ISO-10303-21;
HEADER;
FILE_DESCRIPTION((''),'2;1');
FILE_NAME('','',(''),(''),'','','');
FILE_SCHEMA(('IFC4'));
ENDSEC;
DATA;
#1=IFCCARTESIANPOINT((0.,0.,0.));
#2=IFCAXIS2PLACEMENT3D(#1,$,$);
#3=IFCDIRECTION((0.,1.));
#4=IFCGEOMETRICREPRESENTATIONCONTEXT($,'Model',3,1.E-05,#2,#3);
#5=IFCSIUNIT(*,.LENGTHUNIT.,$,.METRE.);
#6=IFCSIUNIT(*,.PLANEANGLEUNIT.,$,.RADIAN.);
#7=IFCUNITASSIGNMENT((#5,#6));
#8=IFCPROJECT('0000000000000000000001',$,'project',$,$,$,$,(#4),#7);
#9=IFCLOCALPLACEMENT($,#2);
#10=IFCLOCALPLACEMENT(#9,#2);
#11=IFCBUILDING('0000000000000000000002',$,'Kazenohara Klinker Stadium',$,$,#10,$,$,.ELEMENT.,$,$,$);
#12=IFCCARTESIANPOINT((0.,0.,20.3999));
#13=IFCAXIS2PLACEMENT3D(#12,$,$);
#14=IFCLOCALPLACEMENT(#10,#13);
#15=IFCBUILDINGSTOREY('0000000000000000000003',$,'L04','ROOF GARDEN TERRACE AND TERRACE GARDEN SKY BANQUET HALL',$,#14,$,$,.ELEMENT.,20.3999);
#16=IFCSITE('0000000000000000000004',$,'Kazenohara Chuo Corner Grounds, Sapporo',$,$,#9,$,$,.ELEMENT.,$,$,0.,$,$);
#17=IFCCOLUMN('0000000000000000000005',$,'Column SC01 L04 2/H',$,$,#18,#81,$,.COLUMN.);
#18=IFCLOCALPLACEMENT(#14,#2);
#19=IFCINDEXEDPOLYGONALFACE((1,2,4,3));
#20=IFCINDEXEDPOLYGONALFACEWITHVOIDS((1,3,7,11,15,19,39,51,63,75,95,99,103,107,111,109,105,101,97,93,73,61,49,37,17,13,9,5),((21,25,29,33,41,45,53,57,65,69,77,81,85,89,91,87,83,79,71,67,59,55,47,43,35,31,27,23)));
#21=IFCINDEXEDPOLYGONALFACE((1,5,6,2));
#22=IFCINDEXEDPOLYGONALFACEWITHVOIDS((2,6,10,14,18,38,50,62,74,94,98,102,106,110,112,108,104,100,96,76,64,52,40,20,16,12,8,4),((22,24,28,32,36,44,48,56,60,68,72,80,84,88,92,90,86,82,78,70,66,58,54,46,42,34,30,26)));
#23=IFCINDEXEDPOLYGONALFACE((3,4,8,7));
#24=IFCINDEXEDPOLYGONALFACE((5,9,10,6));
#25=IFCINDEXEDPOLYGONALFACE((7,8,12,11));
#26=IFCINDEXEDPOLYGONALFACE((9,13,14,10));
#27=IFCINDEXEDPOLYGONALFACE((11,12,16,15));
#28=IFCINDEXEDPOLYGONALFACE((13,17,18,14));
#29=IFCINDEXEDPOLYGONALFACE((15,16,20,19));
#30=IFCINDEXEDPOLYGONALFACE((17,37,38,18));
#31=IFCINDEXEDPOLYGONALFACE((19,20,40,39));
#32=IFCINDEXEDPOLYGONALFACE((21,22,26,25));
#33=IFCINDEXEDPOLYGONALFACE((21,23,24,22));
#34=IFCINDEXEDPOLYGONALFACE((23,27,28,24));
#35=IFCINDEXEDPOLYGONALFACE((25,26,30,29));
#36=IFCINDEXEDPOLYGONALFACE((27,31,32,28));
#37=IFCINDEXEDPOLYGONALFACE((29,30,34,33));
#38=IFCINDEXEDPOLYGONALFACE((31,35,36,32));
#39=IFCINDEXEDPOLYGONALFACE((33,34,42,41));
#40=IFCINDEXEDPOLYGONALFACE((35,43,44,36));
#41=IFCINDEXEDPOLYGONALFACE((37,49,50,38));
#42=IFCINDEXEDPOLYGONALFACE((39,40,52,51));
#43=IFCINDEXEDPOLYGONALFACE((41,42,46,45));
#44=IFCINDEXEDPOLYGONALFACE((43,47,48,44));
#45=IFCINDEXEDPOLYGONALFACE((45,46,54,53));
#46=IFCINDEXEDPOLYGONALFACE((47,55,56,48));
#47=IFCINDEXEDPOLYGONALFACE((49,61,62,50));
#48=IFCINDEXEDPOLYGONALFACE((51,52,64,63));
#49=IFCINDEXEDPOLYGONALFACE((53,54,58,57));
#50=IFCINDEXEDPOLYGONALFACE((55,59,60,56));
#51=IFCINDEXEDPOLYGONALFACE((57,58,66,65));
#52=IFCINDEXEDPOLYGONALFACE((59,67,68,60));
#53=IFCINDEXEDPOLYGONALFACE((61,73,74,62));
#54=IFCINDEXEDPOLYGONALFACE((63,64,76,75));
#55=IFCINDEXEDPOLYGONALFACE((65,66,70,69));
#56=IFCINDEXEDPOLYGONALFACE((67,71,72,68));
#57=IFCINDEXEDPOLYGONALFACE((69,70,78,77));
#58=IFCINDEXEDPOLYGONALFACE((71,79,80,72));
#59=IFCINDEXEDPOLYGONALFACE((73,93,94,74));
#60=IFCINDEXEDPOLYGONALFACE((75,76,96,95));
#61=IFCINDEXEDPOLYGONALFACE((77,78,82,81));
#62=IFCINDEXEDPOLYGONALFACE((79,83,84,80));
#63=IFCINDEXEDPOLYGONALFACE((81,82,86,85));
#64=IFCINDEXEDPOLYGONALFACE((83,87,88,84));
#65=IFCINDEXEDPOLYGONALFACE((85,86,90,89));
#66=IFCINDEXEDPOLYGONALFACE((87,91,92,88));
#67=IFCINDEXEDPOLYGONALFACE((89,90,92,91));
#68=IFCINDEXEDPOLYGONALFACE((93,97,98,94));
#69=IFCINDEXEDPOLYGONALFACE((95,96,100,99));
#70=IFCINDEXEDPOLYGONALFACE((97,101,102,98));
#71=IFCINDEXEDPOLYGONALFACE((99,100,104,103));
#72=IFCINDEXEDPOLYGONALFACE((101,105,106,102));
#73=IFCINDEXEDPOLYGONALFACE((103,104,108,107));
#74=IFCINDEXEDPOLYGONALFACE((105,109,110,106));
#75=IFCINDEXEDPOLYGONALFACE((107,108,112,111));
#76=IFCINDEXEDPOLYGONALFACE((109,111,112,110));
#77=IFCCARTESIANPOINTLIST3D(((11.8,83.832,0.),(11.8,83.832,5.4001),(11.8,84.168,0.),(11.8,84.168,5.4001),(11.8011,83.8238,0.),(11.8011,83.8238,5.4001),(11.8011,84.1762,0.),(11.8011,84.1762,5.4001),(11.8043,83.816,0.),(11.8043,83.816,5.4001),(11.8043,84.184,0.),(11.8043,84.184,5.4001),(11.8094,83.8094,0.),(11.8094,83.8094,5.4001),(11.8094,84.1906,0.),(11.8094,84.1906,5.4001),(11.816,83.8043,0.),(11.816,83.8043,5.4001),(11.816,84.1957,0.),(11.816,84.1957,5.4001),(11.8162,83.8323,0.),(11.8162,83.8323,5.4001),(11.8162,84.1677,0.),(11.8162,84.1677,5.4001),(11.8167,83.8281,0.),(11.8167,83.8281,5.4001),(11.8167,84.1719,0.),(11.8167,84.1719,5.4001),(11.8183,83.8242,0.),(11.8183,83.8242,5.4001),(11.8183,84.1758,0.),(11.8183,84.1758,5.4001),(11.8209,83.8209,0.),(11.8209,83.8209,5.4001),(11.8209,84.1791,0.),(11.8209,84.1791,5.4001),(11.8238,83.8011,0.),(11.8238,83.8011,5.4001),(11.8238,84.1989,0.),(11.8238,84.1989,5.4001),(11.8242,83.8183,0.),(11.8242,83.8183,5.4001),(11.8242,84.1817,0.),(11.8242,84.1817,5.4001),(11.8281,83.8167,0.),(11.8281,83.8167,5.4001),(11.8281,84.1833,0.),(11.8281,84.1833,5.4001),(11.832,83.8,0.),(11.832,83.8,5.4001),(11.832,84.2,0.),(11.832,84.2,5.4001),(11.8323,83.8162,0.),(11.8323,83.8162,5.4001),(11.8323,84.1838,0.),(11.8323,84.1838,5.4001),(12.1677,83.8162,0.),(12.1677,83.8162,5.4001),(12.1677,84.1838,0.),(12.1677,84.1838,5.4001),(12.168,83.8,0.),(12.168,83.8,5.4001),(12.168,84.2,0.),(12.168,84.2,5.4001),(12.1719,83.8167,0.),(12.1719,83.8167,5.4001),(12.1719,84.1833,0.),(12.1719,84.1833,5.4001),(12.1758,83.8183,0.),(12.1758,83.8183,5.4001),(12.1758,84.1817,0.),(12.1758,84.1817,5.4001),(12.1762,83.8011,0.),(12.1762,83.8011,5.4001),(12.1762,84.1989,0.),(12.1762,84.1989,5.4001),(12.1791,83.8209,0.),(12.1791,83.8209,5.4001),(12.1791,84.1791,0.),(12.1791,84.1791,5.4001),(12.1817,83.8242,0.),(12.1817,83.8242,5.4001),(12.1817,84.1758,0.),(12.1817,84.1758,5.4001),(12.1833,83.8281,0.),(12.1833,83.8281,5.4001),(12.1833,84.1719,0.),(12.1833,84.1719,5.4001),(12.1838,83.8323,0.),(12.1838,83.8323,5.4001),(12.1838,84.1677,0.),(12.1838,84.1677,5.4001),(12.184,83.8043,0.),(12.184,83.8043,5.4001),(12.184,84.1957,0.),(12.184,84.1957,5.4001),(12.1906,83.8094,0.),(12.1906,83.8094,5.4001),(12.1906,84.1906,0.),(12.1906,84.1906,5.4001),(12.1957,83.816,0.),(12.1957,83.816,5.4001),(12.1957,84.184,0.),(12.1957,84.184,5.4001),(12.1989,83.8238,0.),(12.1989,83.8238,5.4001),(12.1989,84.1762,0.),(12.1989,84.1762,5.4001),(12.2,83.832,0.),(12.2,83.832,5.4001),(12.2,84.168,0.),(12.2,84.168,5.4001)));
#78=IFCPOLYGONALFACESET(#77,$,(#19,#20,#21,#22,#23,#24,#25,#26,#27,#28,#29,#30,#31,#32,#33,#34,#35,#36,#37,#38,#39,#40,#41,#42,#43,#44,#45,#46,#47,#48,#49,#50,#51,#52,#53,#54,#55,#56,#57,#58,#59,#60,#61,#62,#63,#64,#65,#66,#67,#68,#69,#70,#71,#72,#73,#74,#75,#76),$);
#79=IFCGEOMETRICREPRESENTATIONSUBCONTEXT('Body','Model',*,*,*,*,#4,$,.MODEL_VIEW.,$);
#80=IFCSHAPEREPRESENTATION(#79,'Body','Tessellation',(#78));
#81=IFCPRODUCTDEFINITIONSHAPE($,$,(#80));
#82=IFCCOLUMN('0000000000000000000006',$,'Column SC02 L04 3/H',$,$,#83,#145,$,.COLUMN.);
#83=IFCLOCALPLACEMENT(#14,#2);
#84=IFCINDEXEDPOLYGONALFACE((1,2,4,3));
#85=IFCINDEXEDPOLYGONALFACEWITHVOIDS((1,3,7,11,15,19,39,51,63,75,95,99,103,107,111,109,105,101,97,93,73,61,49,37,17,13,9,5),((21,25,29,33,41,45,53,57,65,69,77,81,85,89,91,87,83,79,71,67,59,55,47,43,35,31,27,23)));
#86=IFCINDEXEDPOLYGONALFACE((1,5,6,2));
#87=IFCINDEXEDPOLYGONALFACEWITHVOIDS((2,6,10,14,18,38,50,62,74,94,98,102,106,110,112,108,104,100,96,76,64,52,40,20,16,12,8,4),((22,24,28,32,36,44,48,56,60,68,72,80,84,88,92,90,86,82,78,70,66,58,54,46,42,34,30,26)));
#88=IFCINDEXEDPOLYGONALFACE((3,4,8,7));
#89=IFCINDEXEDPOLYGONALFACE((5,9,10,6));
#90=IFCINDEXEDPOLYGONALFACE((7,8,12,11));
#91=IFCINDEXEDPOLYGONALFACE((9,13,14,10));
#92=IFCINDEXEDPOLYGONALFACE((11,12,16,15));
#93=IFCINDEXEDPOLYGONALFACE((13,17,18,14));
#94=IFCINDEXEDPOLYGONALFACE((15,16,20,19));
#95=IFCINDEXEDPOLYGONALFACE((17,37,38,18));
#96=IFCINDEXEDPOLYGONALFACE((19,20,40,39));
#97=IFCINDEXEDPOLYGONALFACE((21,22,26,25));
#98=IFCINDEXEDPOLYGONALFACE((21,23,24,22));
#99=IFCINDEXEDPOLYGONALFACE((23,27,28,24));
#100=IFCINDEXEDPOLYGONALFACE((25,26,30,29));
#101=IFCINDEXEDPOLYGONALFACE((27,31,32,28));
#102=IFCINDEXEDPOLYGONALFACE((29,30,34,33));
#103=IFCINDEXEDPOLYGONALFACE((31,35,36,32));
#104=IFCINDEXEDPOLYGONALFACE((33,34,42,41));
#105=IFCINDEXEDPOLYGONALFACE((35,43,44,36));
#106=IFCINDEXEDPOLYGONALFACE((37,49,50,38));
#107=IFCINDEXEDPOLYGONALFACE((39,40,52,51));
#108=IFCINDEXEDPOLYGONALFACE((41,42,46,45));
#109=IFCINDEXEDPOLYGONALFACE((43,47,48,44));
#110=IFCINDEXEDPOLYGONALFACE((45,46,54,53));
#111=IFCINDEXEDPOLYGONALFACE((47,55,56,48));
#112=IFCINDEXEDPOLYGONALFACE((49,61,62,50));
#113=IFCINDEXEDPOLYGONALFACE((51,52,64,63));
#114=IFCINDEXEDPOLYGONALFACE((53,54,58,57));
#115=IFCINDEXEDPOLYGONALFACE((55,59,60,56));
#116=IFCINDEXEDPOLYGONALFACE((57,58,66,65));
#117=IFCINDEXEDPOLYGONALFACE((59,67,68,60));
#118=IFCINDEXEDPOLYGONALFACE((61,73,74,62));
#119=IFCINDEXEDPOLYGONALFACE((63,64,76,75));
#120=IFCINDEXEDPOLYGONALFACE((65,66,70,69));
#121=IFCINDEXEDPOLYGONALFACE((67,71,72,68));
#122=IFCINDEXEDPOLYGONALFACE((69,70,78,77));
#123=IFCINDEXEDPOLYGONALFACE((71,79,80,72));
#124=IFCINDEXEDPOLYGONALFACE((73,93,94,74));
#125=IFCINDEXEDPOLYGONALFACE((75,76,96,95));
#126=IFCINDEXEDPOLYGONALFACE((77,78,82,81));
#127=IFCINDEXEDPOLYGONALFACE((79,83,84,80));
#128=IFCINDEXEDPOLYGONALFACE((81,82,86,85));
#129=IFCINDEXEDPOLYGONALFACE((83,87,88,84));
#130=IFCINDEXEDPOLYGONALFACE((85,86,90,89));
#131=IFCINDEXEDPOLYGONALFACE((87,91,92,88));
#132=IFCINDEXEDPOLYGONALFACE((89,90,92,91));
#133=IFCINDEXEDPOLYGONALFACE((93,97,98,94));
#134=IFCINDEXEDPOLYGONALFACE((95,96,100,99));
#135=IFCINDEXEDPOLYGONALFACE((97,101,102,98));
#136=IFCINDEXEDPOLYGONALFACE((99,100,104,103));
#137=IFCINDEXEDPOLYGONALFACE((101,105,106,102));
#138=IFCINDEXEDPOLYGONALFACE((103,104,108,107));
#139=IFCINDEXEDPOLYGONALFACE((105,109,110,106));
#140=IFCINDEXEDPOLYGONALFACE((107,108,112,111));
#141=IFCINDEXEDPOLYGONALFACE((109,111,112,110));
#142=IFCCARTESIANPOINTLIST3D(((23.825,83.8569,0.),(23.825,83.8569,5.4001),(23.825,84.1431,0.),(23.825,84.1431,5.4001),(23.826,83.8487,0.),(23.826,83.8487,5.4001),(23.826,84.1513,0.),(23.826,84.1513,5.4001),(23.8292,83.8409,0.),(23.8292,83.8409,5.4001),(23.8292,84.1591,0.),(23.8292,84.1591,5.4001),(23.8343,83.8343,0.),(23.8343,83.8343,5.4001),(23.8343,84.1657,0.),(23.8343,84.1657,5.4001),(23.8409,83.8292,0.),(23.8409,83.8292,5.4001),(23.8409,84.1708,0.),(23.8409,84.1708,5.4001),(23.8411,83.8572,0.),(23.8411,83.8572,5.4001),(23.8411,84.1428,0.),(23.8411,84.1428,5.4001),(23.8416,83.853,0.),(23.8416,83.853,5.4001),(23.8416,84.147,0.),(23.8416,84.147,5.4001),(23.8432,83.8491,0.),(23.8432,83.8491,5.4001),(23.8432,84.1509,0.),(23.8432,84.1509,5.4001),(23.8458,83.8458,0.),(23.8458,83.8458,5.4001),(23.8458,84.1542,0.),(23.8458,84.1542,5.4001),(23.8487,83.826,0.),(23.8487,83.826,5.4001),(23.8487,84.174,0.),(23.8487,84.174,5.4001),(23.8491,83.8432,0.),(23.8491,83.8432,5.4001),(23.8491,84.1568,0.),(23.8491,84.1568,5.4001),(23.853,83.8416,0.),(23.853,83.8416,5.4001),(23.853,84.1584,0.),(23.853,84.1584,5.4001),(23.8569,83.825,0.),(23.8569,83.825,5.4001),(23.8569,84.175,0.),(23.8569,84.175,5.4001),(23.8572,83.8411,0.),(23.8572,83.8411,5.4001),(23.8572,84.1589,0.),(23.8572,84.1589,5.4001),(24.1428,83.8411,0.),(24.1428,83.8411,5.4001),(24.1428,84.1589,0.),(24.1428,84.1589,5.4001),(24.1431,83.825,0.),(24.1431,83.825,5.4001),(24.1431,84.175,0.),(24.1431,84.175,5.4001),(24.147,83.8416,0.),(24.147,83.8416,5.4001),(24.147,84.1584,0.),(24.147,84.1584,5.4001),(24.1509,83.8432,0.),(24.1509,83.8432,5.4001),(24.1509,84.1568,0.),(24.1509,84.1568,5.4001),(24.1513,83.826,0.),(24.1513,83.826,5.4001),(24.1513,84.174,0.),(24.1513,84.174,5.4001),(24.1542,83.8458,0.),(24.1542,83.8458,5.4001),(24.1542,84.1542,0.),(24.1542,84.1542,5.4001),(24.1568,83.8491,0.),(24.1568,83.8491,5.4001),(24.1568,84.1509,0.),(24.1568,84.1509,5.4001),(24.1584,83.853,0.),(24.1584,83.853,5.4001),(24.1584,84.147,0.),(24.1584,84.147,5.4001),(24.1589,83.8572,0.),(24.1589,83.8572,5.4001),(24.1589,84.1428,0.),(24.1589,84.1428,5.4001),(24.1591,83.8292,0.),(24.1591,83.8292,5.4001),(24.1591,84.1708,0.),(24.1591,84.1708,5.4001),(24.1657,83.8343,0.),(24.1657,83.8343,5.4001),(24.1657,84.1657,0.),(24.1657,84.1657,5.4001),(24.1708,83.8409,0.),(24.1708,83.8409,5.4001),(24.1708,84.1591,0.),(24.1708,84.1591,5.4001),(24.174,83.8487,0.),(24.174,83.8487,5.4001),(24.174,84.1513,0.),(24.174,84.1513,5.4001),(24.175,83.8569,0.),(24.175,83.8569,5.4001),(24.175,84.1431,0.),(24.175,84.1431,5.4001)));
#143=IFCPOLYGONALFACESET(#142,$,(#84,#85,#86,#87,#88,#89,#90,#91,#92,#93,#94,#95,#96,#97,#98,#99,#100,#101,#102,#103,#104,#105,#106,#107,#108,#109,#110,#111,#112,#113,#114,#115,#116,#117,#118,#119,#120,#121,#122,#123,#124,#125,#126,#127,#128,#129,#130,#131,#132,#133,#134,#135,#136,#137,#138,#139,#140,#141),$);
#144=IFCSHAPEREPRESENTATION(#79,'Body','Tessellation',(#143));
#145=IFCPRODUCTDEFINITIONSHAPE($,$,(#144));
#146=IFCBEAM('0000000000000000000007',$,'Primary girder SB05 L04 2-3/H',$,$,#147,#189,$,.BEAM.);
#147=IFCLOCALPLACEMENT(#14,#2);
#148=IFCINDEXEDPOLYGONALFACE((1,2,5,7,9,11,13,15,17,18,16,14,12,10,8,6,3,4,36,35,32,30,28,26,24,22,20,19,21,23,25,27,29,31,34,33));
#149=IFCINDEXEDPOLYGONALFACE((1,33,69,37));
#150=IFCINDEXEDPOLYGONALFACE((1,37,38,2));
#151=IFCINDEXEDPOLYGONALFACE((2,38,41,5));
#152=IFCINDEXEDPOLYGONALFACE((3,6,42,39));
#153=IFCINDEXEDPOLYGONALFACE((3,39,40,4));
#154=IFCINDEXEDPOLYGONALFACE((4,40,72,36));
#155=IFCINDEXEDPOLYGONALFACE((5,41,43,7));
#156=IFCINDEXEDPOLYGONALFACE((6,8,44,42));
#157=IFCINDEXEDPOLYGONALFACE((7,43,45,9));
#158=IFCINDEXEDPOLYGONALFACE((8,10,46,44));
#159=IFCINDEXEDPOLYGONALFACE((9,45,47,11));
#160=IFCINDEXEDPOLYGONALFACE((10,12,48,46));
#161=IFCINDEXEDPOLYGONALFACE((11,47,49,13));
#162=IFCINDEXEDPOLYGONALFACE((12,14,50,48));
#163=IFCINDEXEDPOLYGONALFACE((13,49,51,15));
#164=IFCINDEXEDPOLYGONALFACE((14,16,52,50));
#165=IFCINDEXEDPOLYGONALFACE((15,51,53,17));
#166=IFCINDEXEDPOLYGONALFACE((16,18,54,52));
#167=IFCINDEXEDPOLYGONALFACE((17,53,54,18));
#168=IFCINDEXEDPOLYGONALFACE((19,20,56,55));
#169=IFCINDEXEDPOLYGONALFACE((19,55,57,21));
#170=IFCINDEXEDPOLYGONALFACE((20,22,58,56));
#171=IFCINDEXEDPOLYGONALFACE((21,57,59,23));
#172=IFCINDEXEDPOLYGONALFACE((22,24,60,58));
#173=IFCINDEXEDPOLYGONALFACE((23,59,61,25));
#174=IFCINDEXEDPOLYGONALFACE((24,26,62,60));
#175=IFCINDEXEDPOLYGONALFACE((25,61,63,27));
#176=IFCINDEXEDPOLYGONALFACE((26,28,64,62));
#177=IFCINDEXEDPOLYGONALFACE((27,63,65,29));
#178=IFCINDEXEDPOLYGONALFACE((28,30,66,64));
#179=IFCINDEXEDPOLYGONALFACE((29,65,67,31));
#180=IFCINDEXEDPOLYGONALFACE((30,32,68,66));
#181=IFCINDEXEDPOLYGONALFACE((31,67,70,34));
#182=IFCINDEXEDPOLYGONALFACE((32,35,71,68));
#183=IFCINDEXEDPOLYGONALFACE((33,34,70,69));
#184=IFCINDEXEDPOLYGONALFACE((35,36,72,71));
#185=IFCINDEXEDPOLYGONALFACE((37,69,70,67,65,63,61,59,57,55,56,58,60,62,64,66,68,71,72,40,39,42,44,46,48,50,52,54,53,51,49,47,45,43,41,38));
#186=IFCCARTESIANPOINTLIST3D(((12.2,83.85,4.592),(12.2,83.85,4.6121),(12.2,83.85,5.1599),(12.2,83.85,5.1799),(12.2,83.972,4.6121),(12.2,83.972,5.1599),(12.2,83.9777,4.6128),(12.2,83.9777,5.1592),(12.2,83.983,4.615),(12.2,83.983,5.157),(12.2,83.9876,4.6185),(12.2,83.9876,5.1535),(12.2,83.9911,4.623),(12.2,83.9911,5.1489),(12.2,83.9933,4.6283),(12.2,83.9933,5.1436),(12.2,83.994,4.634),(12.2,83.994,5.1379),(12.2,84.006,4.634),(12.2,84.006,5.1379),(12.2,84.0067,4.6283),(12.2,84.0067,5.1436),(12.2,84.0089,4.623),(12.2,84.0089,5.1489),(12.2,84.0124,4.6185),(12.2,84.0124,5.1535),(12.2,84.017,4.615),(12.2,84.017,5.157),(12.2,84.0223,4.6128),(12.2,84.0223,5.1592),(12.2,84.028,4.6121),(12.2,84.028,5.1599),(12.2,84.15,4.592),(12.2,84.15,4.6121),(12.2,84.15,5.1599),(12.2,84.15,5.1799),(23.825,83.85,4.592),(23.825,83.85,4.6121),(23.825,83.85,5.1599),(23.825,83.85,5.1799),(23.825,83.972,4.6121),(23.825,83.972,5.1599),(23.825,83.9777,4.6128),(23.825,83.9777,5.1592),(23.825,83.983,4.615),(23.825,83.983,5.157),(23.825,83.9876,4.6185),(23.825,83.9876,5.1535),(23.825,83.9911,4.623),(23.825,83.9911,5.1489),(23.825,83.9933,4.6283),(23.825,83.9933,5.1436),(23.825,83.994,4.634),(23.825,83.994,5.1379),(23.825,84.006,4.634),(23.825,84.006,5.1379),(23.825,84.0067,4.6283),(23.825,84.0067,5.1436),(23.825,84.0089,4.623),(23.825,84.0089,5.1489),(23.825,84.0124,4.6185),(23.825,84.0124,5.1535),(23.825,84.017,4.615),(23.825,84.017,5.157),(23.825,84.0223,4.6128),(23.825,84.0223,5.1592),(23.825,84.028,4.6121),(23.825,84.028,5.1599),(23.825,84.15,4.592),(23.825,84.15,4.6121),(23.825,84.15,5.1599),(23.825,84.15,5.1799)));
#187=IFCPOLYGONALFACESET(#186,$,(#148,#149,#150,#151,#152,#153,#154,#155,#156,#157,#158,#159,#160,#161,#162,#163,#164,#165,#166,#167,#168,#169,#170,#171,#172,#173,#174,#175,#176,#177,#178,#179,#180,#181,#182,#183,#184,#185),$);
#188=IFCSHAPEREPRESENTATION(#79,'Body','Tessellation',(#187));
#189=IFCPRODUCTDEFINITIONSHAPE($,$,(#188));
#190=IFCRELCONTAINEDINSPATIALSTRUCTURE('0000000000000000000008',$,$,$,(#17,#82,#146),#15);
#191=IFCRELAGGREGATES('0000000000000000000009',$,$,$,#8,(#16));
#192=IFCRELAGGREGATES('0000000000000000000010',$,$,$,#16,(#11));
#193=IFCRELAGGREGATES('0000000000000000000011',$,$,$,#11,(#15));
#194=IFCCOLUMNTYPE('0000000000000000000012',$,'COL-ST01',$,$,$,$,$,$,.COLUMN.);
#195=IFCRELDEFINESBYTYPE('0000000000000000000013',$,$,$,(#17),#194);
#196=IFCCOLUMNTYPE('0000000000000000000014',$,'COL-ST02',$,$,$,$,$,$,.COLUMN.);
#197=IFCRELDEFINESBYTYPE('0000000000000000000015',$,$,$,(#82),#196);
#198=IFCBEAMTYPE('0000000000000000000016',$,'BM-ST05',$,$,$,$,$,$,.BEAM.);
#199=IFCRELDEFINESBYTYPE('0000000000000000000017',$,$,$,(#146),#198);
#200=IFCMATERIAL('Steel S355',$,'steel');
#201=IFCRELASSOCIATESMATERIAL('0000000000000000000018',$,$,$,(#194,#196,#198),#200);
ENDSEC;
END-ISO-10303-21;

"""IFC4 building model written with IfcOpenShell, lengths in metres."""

from ifc_helpers import new_model, si_unit, direction, frame, origin, origin_2d, place, context, subcontext, project, spatial, hollow_rectangle, i_section, extrude, material, material_profile, profile_set, type_object, element, save


model = new_model("IFC4")

# Units and contexts
model_context = context("Model", 3, precision=1e-05, world=origin(), true_north=direction((0.0, 1.0)))
body_context = subcontext(model_context, "Body", "Model", "MODEL_VIEW")
ifc_project = project(units=[si_unit("LENGTHUNIT", "METRE"), si_unit("PLANEANGLEUNIT", "RADIAN")], contexts=[model_context])

# Site, building, storey
site_placement = place(None, origin())
site = spatial("IfcSite", under=ifc_project, at=site_placement, Name="Kazenohara Chuo Corner Grounds, Sapporo", CompositionType="ELEMENT", RefElevation=0.0)
building_placement = place(site_placement, origin())
building = spatial("IfcBuilding", under=site, at=building_placement, Name="Kazenohara Klinker Stadium", CompositionType="ELEMENT")
storey_placement = place(building_placement, frame((0.0, 0.0, 20.3999)))
storey = spatial("IfcBuildingStorey", under=building, at=storey_placement, Name="L04", Description="ROOF GARDEN TERRACE AND TERRACE GARDEN SKY BANQUET HALL", CompositionType="ELEMENT", Elevation=20.3999)

# Columns
ifc_material_1 = material(Name="Steel S355", Category="steel")
ifc_material_profile_1 = material_profile(ifc_material_1, hollow_rectangle(XDim=0.3999, YDim=0.3999, WallThickness=0.0161, InnerFilletRadius=0.0161, OuterFilletRadius=0.032, at=origin_2d()), Name="SHS-400x400x16")
ifc_profile_set_1 = profile_set([ifc_material_profile_1], Name="Steel S355")
column_type_1 = type_object("IfcColumnType", Name="COL-ST01", PredefinedType="COLUMN", material=ifc_profile_set_1)
column_1_placement = place(storey_placement, frame((12.0, 84.0, 0.0), z_axis=(0.0, 0.0, 1.0), x_axis=(1.0, 0.0, 0.0)))
element("IfcColumn", 1, at=column_1_placement, inside=storey, type_object=column_type_1, Name="Column SC01 L04 2/H", PredefinedType="COLUMN", context=body_context, shape_type="SweptSolid", body=[
    extrude(hollow_rectangle(XDim=0.3999, YDim=0.3999, WallThickness=0.0161, InnerFilletRadius=0.0161, OuterFilletRadius=0.032, at=origin_2d()), origin(), (0.0, 0.0, 1.0), 5.4001),
])
ifc_material_profile_2 = material_profile(ifc_material_1, hollow_rectangle(XDim=0.3501, YDim=0.3501, WallThickness=0.0161, InnerFilletRadius=0.0161, OuterFilletRadius=0.032, at=origin_2d()), Name="SHS-350x350x16")
ifc_profile_set_2 = profile_set([ifc_material_profile_2], Name="Steel S355")
column_type_2 = type_object("IfcColumnType", Name="COL-ST02", PredefinedType="COLUMN", material=ifc_profile_set_2)
column_2_placement = place(storey_placement, frame((24.0, 84.0, 0.0), z_axis=(0.0, 0.0, 1.0), x_axis=(1.0, 0.0, 0.0)))
element("IfcColumn", 2, at=column_2_placement, inside=storey, type_object=column_type_2, Name="Column SC02 L04 3/H", PredefinedType="COLUMN", context=body_context, shape_type="SweptSolid", body=[
    extrude(hollow_rectangle(XDim=0.3501, YDim=0.3501, WallThickness=0.0161, InnerFilletRadius=0.0161, OuterFilletRadius=0.032, at=origin_2d()), origin(), (0.0, 0.0, 1.0), 5.4001),
])

# Beam
ifc_material_profile_3 = material_profile(ifc_material_1, i_section(OverallWidth=0.3, OverallDepth=0.5879, WebThickness=0.012, FlangeThickness=0.02, FilletRadius=0.022, at=origin_2d()), Name="H-588x300x12x20")
ifc_profile_set_3 = profile_set([ifc_material_profile_3], Name="Steel S355")
beam_type = type_object("IfcBeamType", Name="BM-ST05", PredefinedType="BEAM", material=ifc_profile_set_3)
for number, where, z_axis, x_axis, name in (
    (3, (12.2, 84.0, 4.886), (1.0, 0.0, 0.0), (0.0, 1.0, 0.0), "Primary girder SB05 L04 2-3/H"),
):
    element("IfcBeam", number, at=place(storey_placement, frame(where, z_axis=z_axis, x_axis=x_axis)), inside=storey, type_object=beam_type, Name=name, PredefinedType="BEAM", context=body_context, shape_type="SweptSolid", body=[
        extrude(i_section(OverallWidth=0.3, OverallDepth=0.5879, WebThickness=0.012, FlangeThickness=0.02, FilletRadius=0.022, at=origin_2d()), origin(), (0.0, 0.0, 1.0), 11.625),
    ])

save(model, "model.ifc")
